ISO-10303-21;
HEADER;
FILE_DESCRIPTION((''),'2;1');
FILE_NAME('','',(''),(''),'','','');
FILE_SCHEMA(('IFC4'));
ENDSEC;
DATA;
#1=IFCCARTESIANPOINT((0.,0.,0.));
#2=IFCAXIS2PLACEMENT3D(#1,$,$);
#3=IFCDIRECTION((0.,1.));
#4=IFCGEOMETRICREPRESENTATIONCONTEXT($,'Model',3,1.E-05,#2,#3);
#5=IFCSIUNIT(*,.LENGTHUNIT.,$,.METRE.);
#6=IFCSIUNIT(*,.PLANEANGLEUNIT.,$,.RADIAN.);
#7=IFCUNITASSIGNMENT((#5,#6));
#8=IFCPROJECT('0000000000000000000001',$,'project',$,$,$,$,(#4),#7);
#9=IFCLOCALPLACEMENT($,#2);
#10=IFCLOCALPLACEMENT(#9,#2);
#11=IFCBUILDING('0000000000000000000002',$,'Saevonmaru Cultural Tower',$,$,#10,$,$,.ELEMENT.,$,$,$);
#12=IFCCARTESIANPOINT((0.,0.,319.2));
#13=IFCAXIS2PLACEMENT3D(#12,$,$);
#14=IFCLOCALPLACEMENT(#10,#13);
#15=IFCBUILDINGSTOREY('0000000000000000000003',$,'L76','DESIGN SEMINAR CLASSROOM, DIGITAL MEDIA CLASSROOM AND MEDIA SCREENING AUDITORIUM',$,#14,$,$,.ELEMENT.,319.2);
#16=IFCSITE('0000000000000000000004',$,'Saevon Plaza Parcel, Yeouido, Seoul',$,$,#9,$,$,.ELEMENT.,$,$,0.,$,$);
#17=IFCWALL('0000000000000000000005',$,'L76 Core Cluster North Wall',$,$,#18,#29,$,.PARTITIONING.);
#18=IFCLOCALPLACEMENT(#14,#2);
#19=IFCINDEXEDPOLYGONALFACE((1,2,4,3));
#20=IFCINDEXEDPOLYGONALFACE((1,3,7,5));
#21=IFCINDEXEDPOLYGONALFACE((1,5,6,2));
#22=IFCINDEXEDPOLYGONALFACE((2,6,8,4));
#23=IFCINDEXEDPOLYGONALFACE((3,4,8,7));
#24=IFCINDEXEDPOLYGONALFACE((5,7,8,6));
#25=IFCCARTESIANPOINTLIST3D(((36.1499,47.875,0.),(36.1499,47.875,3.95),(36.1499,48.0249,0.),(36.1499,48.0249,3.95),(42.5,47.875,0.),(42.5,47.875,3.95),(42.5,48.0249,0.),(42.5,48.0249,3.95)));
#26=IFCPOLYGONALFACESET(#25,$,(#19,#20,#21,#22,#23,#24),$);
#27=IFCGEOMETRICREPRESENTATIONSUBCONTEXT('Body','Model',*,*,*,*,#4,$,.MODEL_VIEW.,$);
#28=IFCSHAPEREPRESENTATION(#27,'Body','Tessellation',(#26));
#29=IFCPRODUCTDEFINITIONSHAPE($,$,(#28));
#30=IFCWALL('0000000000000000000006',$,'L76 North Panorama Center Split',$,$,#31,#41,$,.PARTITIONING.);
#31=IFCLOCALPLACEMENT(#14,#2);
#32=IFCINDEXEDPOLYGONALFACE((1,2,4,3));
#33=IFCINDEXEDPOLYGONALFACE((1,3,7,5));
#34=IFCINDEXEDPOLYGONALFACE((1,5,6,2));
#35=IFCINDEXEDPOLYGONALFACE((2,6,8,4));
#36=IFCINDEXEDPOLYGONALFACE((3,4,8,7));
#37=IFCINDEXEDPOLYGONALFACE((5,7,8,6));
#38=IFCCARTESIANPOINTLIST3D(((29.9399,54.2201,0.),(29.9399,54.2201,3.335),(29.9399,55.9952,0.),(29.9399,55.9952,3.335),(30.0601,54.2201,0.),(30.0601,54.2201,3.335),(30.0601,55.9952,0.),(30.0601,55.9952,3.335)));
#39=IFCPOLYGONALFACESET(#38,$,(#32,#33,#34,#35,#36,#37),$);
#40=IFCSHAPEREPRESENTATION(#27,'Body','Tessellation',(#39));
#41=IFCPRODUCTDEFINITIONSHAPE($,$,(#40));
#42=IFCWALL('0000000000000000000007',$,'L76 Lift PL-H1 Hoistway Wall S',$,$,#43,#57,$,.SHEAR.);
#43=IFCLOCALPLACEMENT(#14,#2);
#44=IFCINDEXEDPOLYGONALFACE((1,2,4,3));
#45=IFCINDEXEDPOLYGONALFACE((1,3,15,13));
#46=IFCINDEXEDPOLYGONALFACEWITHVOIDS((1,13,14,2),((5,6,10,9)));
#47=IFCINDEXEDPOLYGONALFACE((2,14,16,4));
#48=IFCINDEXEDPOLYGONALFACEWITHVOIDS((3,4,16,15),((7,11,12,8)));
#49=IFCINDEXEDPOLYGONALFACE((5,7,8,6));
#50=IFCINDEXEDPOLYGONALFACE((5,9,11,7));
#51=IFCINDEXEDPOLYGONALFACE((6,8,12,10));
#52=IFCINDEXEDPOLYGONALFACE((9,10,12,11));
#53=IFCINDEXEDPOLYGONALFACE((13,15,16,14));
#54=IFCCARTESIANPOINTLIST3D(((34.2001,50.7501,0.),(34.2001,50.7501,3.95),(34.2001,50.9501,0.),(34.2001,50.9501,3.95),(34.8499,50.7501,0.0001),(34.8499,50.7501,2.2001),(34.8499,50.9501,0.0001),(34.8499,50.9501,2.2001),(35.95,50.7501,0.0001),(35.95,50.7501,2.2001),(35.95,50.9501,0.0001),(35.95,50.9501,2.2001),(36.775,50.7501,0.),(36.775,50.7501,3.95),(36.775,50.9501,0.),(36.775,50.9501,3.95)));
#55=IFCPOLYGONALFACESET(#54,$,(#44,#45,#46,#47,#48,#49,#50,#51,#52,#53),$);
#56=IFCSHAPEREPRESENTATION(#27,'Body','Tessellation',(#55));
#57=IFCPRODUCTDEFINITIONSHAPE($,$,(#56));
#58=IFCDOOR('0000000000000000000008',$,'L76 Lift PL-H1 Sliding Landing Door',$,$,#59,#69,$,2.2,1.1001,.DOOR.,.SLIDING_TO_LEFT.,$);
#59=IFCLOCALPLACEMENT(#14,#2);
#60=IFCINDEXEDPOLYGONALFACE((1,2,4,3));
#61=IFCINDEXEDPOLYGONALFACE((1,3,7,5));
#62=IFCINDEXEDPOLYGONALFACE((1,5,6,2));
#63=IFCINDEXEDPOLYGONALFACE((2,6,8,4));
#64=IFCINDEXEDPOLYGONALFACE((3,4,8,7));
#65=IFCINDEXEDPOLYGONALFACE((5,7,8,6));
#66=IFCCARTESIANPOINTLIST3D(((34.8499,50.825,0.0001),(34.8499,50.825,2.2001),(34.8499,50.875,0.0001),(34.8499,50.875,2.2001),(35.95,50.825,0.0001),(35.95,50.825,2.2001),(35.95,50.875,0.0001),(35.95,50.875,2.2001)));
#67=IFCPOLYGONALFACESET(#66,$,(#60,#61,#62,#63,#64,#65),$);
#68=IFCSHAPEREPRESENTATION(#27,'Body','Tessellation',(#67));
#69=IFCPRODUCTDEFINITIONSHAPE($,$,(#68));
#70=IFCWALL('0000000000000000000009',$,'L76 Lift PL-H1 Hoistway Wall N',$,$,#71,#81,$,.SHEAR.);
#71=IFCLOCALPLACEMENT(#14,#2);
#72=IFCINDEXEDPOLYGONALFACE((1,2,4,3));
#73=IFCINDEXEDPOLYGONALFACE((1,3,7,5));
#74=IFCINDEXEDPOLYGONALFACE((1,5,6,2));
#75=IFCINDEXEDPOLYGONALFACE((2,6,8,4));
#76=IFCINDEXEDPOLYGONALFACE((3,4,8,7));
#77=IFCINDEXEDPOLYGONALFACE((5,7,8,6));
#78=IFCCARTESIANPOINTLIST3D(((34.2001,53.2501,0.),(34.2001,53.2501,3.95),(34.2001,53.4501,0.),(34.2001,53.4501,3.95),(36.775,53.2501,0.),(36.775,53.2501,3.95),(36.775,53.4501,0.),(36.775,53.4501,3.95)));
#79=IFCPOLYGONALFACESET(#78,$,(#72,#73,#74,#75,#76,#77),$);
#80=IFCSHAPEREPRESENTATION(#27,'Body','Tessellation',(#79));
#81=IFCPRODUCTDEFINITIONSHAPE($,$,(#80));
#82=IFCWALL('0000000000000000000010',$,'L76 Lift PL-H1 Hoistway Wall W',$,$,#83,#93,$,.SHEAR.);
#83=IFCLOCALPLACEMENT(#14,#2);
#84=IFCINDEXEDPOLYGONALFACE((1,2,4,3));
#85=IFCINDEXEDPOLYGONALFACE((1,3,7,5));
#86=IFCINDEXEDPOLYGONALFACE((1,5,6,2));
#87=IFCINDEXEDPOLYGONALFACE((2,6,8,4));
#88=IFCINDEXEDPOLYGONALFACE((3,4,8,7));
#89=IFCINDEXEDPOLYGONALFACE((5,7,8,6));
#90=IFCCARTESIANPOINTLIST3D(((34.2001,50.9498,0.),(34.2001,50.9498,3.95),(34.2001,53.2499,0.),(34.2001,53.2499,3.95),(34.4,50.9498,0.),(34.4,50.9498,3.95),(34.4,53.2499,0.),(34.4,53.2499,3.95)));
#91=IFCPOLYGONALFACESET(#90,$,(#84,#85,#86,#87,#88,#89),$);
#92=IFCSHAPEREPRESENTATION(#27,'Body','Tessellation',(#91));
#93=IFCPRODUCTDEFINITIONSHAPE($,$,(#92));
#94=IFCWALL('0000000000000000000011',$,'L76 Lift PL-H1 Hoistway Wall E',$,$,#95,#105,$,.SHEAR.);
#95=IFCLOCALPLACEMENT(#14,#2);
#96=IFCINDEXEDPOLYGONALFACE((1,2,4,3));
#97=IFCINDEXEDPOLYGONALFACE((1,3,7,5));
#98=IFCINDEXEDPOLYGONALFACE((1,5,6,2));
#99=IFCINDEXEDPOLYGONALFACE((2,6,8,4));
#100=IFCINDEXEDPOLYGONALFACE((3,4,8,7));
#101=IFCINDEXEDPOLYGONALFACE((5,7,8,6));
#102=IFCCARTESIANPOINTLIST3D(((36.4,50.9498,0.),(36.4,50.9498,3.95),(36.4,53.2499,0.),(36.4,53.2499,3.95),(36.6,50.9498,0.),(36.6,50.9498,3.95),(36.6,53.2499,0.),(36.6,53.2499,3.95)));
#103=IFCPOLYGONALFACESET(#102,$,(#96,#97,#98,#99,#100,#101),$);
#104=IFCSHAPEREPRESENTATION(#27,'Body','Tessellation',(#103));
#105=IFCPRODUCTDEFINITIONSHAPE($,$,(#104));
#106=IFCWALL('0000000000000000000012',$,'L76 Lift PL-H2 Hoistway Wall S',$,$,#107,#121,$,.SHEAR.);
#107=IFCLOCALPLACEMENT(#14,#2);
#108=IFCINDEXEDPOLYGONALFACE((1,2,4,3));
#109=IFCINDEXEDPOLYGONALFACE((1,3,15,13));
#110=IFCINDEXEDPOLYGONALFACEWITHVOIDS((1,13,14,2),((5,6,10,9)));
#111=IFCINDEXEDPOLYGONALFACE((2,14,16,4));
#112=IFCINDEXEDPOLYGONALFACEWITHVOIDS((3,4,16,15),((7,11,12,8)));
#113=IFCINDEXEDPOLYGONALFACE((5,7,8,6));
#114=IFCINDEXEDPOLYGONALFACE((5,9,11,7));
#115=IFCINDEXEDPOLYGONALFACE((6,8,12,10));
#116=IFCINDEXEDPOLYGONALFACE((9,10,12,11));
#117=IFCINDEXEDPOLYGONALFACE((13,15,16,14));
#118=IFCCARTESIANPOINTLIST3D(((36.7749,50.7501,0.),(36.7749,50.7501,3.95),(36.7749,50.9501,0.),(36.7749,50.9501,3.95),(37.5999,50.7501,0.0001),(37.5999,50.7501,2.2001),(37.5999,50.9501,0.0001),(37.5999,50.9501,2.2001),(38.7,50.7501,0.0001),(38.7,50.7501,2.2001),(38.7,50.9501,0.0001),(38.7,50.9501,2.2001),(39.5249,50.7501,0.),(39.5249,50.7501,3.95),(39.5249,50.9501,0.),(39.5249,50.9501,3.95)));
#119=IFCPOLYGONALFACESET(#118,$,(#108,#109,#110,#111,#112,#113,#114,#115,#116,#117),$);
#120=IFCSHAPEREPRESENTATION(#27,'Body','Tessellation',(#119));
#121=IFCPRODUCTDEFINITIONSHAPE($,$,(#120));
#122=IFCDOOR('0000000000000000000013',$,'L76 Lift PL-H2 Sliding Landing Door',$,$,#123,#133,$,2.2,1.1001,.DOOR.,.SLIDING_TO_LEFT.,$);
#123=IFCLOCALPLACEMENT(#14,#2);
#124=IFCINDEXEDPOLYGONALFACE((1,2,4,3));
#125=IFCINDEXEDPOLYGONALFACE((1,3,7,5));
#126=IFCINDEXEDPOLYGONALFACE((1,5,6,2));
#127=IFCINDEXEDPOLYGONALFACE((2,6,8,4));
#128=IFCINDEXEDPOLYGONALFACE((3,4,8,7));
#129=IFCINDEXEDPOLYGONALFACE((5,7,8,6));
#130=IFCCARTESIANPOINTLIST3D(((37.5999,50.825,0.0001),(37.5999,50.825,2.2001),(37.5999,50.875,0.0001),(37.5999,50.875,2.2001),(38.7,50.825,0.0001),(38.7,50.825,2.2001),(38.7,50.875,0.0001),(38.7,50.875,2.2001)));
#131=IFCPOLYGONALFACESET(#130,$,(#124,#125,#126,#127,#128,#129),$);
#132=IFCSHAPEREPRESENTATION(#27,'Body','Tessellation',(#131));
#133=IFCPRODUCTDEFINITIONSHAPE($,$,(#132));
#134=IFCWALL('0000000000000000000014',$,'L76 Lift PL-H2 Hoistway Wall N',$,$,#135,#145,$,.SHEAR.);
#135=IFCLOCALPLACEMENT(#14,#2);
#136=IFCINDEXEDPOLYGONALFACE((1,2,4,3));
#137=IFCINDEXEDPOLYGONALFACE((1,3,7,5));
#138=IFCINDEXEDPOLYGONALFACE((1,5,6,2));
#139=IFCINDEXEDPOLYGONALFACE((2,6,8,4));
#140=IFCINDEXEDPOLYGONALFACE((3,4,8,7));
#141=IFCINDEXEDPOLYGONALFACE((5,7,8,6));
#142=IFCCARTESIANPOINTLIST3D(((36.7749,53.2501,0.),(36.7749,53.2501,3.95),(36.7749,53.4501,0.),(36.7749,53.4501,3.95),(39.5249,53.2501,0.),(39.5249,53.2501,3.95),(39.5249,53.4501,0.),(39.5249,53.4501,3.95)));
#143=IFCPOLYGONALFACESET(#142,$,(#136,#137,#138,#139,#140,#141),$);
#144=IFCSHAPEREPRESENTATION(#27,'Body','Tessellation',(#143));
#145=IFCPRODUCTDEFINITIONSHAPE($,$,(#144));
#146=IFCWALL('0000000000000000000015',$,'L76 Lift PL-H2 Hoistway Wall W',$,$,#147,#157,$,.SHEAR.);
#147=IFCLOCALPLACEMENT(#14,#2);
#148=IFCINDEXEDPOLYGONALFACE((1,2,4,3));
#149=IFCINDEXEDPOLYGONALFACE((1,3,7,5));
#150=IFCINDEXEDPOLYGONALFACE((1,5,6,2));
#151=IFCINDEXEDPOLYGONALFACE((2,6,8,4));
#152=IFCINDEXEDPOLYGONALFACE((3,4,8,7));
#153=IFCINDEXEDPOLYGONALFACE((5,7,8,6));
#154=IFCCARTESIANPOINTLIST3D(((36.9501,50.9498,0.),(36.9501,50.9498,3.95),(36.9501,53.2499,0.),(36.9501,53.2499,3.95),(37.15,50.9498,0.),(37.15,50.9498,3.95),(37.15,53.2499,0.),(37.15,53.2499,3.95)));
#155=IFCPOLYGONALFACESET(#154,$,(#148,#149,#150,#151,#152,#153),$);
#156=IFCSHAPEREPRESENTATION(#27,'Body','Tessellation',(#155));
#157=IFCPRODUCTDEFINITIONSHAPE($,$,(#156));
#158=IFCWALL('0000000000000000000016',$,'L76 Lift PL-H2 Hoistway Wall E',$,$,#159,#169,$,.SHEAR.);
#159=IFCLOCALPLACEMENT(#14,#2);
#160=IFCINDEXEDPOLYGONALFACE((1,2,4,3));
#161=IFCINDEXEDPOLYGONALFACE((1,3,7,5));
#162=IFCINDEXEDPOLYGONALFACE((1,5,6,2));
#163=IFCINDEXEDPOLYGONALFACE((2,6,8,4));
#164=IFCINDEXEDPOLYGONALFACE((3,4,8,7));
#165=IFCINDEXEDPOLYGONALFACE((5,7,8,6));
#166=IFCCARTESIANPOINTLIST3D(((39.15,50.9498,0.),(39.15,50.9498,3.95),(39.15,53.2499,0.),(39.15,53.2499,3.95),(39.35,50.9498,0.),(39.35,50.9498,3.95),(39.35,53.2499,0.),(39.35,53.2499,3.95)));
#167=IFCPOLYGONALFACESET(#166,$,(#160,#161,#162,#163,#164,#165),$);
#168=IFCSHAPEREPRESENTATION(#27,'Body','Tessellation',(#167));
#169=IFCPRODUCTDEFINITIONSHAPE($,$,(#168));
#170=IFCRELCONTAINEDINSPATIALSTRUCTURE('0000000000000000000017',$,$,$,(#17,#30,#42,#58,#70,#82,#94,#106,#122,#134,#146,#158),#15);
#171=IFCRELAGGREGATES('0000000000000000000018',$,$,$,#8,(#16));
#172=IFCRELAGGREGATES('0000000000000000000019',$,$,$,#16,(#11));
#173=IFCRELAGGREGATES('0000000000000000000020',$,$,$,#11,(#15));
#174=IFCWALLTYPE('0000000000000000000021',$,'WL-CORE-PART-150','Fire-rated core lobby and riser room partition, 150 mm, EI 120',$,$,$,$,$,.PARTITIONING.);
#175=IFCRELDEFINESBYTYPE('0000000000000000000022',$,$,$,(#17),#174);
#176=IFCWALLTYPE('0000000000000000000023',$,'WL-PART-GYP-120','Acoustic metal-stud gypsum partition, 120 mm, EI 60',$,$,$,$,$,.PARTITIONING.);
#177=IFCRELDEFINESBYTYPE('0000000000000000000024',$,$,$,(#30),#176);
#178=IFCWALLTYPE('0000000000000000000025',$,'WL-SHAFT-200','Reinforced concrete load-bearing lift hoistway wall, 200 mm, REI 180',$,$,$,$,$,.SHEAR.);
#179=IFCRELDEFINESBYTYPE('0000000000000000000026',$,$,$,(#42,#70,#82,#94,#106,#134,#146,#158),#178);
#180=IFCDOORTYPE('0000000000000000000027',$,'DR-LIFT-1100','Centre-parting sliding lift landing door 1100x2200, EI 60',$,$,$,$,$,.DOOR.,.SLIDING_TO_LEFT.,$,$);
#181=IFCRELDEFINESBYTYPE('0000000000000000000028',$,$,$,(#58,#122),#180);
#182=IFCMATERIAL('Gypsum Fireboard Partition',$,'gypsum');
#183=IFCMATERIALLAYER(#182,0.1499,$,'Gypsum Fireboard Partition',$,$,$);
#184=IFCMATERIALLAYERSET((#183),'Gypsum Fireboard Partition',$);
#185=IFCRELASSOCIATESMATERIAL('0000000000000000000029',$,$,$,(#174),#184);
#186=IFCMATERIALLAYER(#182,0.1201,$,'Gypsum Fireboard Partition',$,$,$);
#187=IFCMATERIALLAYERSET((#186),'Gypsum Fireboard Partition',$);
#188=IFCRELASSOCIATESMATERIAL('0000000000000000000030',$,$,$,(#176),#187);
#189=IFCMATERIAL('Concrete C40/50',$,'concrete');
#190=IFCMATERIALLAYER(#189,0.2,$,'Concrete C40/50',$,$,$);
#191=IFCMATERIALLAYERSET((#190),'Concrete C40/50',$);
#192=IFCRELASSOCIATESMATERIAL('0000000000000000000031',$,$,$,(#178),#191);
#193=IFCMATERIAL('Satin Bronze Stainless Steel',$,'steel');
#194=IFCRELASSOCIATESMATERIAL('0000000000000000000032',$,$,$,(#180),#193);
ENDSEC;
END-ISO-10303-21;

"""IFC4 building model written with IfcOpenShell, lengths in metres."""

from ifc_helpers import new_model, si_unit, direction, frame, frame_2d, origin, place, context, subcontext, project, spatial, rectangle, extrude, material, layer, layer_set, type_object, element, fill, save


model = new_model("IFC4")

# Units and contexts
model_context = context("Model", 3, precision=1e-05, world=origin(), true_north=direction((0.0, 1.0)))
body_context = subcontext(model_context, "Body", "Model", "MODEL_VIEW")
ifc_project = project(units=[si_unit("LENGTHUNIT", "METRE"), si_unit("PLANEANGLEUNIT", "RADIAN")], contexts=[model_context])

# Site, building, storey
site_placement = place(None, origin())
site = spatial("IfcSite", under=ifc_project, at=site_placement, Name="Saevon Plaza Parcel, Yeouido, Seoul", CompositionType="ELEMENT", RefElevation=0.0)
building_placement = place(site_placement, origin())
building = spatial("IfcBuilding", under=site, at=building_placement, Name="Saevonmaru Cultural Tower", CompositionType="ELEMENT")
storey_placement = place(building_placement, frame((0.0, 0.0, 319.2)))
storey = spatial("IfcBuildingStorey", under=building, at=storey_placement, Name="L76", Description="DESIGN SEMINAR CLASSROOM, DIGITAL MEDIA CLASSROOM AND MEDIA SCREENING AUDITORIUM", CompositionType="ELEMENT", Elevation=319.2)

# Walls
ifc_material_1 = material(Name="Gypsum Fireboard Partition", Category="gypsum")
ifc_layer_1 = layer(ifc_material_1, 0.1499, Name="Gypsum Fireboard Partition")
ifc_layer_set_1 = layer_set([ifc_layer_1], Name="Gypsum Fireboard Partition")
wall_type_1 = type_object("IfcWallType", Name="WL-CORE-PART-150", Description="Fire-rated core lobby and riser room partition, 150 mm, EI 120", PredefinedType="PARTITIONING", material=ifc_layer_set_1)
wall_1_placement = place(storey_placement, frame((36.1499, 47.95, 0.0), z_axis=(0.0, 0.0, 1.0), x_axis=(1.0, 0.0, 0.0)))
element("IfcWall", 1, at=wall_1_placement, inside=storey, type_object=wall_type_1, Name="L76 Core Cluster North Wall", PredefinedType="PARTITIONING", context=body_context, shape_type="SweptSolid", body=[
    extrude(rectangle(XDim=6.3501, YDim=0.1499, at=frame_2d((3.175, 0.0))), origin(), (0.0, 0.0, 1.0), 3.95),
])
ifc_layer_2 = layer(ifc_material_1, 0.1201, Name="Gypsum Fireboard Partition")
ifc_layer_set_2 = layer_set([ifc_layer_2], Name="Gypsum Fireboard Partition")
wall_type_2 = type_object("IfcWallType", Name="WL-PART-GYP-120", Description="Acoustic metal-stud gypsum partition, 120 mm, EI 60", PredefinedType="PARTITIONING", material=ifc_layer_set_2)
wall_2_placement = place(storey_placement, frame((30.0, 54.22, 0.0), z_axis=(0.0, 0.0, 1.0), x_axis=(0.0, 1.0, 0.0)))
element("IfcWall", 2, at=wall_2_placement, inside=storey, type_object=wall_type_2, Name="L76 North Panorama Center Split", PredefinedType="PARTITIONING", context=body_context, shape_type="SweptSolid", body=[
    extrude(rectangle(XDim=1.7751, YDim=0.1201, at=frame_2d((0.8877, 0.0))), origin(), (0.0, 0.0, 1.0), 3.335),
])

# Wall, opening, door
ifc_material_2 = material(Name="Concrete C40/50", Category="concrete")
ifc_layer_3 = layer(ifc_material_2, 0.2, Name="Concrete C40/50")
ifc_layer_set_3 = layer_set([ifc_layer_3], Name="Concrete C40/50")
wall_type_3 = type_object("IfcWallType", Name="WL-SHAFT-200", Description="Reinforced concrete load-bearing lift hoistway wall, 200 mm, REI 180", PredefinedType="SHEAR", material=ifc_layer_set_3)
wall_3_placement = place(storey_placement, frame((34.2, 50.8501, 0.0), z_axis=(0.0, 0.0, 1.0), x_axis=(1.0, 0.0, 0.0)))
wall_3 = element("IfcWall", 3, at=wall_3_placement, inside=storey, type_object=wall_type_3, Name="L76 Lift PL-H1 Hoistway Wall S", PredefinedType="SHEAR", context=body_context, shape_type="SweptSolid", body=[
    extrude(rectangle(XDim=2.575, YDim=0.2, at=frame_2d((1.2876, 0.0))), origin(), (0.0, 0.0, 1.0), 3.95),
])
opening_1_placement = place(wall_3_placement, frame((0.6499, 0.0, 0.0)))
opening_1 = element("IfcOpeningElement", 4, at=opening_1_placement, cuts=wall_3, PredefinedType="OPENING", context=body_context, shape_type="SweptSolid", body=[
    extrude(rectangle(XDim=1.1001, YDim=2.2, at=frame_2d((0.55, 1.1001))), frame((0.0, 0.1099, 0.0), z_axis=(0.0, -1.0, 0.0), x_axis=(1.0, 0.0, 0.0)), (0.0, 0.0, 1.0), 0.22),
])
ifc_material_3 = material(Name="Satin Bronze Stainless Steel", Category="steel")
door_type_1 = type_object("IfcDoorType", Name="DR-LIFT-1100", Description="Centre-parting sliding lift landing door 1100x2200, EI 60", OperationType="SLIDING_TO_LEFT", PredefinedType="DOOR", material=ifc_material_3)
door_1_placement = place(opening_1_placement, origin())
door_1 = element("IfcDoor", 5, at=door_1_placement, inside=storey, type_object=door_type_1, Name="L76 Lift PL-H1 Sliding Landing Door", OperationType="SLIDING_TO_LEFT", OverallHeight=2.2, OverallWidth=1.1001, PredefinedType="DOOR", context=body_context, shape_type="SweptSolid", body=[
    extrude(rectangle(XDim=1.1001, YDim=2.2, at=frame_2d((0.55, 1.1001))), frame((0.0, 0.0249, 0.0), z_axis=(0.0, -1.0, 0.0), x_axis=(1.0, 0.0, 0.0)), (0.0, 0.0, 1.0), 0.05),
])
fill(opening_1, door_1)

# Walls
wall_4_placement = place(storey_placement, frame((34.2, 53.3501, 0.0), z_axis=(0.0, 0.0, 1.0), x_axis=(1.0, 0.0, 0.0)))
element("IfcWall", 6, at=wall_4_placement, inside=storey, type_object=wall_type_3, Name="L76 Lift PL-H1 Hoistway Wall N", PredefinedType="SHEAR", context=body_context, shape_type="SweptSolid", body=[
    extrude(rectangle(XDim=2.575, YDim=0.2, at=frame_2d((1.2876, 0.0))), origin(), (0.0, 0.0, 1.0), 3.95),
])
for number, where, z_axis, x_axis, name in (
    (7, (34.3, 50.95, 0.0), (0.0, 0.0, 1.0), (0.0, 1.0, 0.0), "L76 Lift PL-H1 Hoistway Wall W"),
    (8, (36.5, 50.95, 0.0), (0.0, 0.0, 1.0), (0.0, 1.0, 0.0), "L76 Lift PL-H1 Hoistway Wall E"),
):
    element("IfcWall", number, at=place(storey_placement, frame(where, z_axis=z_axis, x_axis=x_axis)), inside=storey, type_object=wall_type_3, Name=name, PredefinedType="SHEAR", context=body_context, shape_type="SweptSolid", body=[
        extrude(rectangle(XDim=2.3, YDim=0.2, at=frame_2d((1.1499, 0.0))), origin(), (0.0, 0.0, 1.0), 3.95),
    ])

# Wall, opening, door
wall_5_placement = place(storey_placement, frame((36.7749, 50.8501, 0.0), z_axis=(0.0, 0.0, 1.0), x_axis=(1.0, 0.0, 0.0)))
wall_5 = element("IfcWall", 9, at=wall_5_placement, inside=storey, type_object=wall_type_3, Name="L76 Lift PL-H2 Hoistway Wall S", PredefinedType="SHEAR", context=body_context, shape_type="SweptSolid", body=[
    extrude(rectangle(XDim=2.75, YDim=0.2, at=frame_2d((1.375, 0.0))), origin(), (0.0, 0.0, 1.0), 3.95),
])
opening_2_placement = place(wall_5_placement, frame((0.825, 0.0, 0.0)))
opening_2 = element("IfcOpeningElement", 10, at=opening_2_placement, cuts=wall_5, PredefinedType="OPENING", context=body_context, shape_type="SweptSolid", body=[
    extrude(rectangle(XDim=1.1001, YDim=2.2, at=frame_2d((0.55, 1.1001))), frame((0.0, 0.1099, 0.0), z_axis=(0.0, -1.0, 0.0), x_axis=(1.0, 0.0, 0.0)), (0.0, 0.0, 1.0), 0.22),
])
door_2_placement = place(opening_2_placement, origin())
door_2 = element("IfcDoor", 11, at=door_2_placement, inside=storey, type_object=door_type_1, Name="L76 Lift PL-H2 Sliding Landing Door", OperationType="SLIDING_TO_LEFT", OverallHeight=2.2, OverallWidth=1.1001, PredefinedType="DOOR", context=body_context, shape_type="SweptSolid", body=[
    extrude(rectangle(XDim=1.1001, YDim=2.2, at=frame_2d((0.55, 1.1001))), frame((0.0, 0.0249, 0.0), z_axis=(0.0, -1.0, 0.0), x_axis=(1.0, 0.0, 0.0)), (0.0, 0.0, 1.0), 0.05),
])
fill(opening_2, door_2)

# Walls
wall_6_placement = place(storey_placement, frame((36.7749, 53.3501, 0.0), z_axis=(0.0, 0.0, 1.0), x_axis=(1.0, 0.0, 0.0)))
element("IfcWall", 12, at=wall_6_placement, inside=storey, type_object=wall_type_3, Name="L76 Lift PL-H2 Hoistway Wall N", PredefinedType="SHEAR", context=body_context, shape_type="SweptSolid", body=[
    extrude(rectangle(XDim=2.75, YDim=0.2, at=frame_2d((1.375, 0.0))), origin(), (0.0, 0.0, 1.0), 3.95),
])
for number, where, z_axis, x_axis, name in (
    (13, (37.05, 50.95, 0.0), (0.0, 0.0, 1.0), (0.0, 1.0, 0.0), "L76 Lift PL-H2 Hoistway Wall W"),
    (14, (39.25, 50.95, 0.0), (0.0, 0.0, 1.0), (0.0, 1.0, 0.0), "L76 Lift PL-H2 Hoistway Wall E"),
):
    element("IfcWall", number, at=place(storey_placement, frame(where, z_axis=z_axis, x_axis=x_axis)), inside=storey, type_object=wall_type_3, Name=name, PredefinedType="SHEAR", context=body_context, shape_type="SweptSolid", body=[
        extrude(rectangle(XDim=2.3, YDim=0.2, at=frame_2d((1.1499, 0.0))), origin(), (0.0, 0.0, 1.0), 3.95),
    ])

save(model, "model.ifc")
